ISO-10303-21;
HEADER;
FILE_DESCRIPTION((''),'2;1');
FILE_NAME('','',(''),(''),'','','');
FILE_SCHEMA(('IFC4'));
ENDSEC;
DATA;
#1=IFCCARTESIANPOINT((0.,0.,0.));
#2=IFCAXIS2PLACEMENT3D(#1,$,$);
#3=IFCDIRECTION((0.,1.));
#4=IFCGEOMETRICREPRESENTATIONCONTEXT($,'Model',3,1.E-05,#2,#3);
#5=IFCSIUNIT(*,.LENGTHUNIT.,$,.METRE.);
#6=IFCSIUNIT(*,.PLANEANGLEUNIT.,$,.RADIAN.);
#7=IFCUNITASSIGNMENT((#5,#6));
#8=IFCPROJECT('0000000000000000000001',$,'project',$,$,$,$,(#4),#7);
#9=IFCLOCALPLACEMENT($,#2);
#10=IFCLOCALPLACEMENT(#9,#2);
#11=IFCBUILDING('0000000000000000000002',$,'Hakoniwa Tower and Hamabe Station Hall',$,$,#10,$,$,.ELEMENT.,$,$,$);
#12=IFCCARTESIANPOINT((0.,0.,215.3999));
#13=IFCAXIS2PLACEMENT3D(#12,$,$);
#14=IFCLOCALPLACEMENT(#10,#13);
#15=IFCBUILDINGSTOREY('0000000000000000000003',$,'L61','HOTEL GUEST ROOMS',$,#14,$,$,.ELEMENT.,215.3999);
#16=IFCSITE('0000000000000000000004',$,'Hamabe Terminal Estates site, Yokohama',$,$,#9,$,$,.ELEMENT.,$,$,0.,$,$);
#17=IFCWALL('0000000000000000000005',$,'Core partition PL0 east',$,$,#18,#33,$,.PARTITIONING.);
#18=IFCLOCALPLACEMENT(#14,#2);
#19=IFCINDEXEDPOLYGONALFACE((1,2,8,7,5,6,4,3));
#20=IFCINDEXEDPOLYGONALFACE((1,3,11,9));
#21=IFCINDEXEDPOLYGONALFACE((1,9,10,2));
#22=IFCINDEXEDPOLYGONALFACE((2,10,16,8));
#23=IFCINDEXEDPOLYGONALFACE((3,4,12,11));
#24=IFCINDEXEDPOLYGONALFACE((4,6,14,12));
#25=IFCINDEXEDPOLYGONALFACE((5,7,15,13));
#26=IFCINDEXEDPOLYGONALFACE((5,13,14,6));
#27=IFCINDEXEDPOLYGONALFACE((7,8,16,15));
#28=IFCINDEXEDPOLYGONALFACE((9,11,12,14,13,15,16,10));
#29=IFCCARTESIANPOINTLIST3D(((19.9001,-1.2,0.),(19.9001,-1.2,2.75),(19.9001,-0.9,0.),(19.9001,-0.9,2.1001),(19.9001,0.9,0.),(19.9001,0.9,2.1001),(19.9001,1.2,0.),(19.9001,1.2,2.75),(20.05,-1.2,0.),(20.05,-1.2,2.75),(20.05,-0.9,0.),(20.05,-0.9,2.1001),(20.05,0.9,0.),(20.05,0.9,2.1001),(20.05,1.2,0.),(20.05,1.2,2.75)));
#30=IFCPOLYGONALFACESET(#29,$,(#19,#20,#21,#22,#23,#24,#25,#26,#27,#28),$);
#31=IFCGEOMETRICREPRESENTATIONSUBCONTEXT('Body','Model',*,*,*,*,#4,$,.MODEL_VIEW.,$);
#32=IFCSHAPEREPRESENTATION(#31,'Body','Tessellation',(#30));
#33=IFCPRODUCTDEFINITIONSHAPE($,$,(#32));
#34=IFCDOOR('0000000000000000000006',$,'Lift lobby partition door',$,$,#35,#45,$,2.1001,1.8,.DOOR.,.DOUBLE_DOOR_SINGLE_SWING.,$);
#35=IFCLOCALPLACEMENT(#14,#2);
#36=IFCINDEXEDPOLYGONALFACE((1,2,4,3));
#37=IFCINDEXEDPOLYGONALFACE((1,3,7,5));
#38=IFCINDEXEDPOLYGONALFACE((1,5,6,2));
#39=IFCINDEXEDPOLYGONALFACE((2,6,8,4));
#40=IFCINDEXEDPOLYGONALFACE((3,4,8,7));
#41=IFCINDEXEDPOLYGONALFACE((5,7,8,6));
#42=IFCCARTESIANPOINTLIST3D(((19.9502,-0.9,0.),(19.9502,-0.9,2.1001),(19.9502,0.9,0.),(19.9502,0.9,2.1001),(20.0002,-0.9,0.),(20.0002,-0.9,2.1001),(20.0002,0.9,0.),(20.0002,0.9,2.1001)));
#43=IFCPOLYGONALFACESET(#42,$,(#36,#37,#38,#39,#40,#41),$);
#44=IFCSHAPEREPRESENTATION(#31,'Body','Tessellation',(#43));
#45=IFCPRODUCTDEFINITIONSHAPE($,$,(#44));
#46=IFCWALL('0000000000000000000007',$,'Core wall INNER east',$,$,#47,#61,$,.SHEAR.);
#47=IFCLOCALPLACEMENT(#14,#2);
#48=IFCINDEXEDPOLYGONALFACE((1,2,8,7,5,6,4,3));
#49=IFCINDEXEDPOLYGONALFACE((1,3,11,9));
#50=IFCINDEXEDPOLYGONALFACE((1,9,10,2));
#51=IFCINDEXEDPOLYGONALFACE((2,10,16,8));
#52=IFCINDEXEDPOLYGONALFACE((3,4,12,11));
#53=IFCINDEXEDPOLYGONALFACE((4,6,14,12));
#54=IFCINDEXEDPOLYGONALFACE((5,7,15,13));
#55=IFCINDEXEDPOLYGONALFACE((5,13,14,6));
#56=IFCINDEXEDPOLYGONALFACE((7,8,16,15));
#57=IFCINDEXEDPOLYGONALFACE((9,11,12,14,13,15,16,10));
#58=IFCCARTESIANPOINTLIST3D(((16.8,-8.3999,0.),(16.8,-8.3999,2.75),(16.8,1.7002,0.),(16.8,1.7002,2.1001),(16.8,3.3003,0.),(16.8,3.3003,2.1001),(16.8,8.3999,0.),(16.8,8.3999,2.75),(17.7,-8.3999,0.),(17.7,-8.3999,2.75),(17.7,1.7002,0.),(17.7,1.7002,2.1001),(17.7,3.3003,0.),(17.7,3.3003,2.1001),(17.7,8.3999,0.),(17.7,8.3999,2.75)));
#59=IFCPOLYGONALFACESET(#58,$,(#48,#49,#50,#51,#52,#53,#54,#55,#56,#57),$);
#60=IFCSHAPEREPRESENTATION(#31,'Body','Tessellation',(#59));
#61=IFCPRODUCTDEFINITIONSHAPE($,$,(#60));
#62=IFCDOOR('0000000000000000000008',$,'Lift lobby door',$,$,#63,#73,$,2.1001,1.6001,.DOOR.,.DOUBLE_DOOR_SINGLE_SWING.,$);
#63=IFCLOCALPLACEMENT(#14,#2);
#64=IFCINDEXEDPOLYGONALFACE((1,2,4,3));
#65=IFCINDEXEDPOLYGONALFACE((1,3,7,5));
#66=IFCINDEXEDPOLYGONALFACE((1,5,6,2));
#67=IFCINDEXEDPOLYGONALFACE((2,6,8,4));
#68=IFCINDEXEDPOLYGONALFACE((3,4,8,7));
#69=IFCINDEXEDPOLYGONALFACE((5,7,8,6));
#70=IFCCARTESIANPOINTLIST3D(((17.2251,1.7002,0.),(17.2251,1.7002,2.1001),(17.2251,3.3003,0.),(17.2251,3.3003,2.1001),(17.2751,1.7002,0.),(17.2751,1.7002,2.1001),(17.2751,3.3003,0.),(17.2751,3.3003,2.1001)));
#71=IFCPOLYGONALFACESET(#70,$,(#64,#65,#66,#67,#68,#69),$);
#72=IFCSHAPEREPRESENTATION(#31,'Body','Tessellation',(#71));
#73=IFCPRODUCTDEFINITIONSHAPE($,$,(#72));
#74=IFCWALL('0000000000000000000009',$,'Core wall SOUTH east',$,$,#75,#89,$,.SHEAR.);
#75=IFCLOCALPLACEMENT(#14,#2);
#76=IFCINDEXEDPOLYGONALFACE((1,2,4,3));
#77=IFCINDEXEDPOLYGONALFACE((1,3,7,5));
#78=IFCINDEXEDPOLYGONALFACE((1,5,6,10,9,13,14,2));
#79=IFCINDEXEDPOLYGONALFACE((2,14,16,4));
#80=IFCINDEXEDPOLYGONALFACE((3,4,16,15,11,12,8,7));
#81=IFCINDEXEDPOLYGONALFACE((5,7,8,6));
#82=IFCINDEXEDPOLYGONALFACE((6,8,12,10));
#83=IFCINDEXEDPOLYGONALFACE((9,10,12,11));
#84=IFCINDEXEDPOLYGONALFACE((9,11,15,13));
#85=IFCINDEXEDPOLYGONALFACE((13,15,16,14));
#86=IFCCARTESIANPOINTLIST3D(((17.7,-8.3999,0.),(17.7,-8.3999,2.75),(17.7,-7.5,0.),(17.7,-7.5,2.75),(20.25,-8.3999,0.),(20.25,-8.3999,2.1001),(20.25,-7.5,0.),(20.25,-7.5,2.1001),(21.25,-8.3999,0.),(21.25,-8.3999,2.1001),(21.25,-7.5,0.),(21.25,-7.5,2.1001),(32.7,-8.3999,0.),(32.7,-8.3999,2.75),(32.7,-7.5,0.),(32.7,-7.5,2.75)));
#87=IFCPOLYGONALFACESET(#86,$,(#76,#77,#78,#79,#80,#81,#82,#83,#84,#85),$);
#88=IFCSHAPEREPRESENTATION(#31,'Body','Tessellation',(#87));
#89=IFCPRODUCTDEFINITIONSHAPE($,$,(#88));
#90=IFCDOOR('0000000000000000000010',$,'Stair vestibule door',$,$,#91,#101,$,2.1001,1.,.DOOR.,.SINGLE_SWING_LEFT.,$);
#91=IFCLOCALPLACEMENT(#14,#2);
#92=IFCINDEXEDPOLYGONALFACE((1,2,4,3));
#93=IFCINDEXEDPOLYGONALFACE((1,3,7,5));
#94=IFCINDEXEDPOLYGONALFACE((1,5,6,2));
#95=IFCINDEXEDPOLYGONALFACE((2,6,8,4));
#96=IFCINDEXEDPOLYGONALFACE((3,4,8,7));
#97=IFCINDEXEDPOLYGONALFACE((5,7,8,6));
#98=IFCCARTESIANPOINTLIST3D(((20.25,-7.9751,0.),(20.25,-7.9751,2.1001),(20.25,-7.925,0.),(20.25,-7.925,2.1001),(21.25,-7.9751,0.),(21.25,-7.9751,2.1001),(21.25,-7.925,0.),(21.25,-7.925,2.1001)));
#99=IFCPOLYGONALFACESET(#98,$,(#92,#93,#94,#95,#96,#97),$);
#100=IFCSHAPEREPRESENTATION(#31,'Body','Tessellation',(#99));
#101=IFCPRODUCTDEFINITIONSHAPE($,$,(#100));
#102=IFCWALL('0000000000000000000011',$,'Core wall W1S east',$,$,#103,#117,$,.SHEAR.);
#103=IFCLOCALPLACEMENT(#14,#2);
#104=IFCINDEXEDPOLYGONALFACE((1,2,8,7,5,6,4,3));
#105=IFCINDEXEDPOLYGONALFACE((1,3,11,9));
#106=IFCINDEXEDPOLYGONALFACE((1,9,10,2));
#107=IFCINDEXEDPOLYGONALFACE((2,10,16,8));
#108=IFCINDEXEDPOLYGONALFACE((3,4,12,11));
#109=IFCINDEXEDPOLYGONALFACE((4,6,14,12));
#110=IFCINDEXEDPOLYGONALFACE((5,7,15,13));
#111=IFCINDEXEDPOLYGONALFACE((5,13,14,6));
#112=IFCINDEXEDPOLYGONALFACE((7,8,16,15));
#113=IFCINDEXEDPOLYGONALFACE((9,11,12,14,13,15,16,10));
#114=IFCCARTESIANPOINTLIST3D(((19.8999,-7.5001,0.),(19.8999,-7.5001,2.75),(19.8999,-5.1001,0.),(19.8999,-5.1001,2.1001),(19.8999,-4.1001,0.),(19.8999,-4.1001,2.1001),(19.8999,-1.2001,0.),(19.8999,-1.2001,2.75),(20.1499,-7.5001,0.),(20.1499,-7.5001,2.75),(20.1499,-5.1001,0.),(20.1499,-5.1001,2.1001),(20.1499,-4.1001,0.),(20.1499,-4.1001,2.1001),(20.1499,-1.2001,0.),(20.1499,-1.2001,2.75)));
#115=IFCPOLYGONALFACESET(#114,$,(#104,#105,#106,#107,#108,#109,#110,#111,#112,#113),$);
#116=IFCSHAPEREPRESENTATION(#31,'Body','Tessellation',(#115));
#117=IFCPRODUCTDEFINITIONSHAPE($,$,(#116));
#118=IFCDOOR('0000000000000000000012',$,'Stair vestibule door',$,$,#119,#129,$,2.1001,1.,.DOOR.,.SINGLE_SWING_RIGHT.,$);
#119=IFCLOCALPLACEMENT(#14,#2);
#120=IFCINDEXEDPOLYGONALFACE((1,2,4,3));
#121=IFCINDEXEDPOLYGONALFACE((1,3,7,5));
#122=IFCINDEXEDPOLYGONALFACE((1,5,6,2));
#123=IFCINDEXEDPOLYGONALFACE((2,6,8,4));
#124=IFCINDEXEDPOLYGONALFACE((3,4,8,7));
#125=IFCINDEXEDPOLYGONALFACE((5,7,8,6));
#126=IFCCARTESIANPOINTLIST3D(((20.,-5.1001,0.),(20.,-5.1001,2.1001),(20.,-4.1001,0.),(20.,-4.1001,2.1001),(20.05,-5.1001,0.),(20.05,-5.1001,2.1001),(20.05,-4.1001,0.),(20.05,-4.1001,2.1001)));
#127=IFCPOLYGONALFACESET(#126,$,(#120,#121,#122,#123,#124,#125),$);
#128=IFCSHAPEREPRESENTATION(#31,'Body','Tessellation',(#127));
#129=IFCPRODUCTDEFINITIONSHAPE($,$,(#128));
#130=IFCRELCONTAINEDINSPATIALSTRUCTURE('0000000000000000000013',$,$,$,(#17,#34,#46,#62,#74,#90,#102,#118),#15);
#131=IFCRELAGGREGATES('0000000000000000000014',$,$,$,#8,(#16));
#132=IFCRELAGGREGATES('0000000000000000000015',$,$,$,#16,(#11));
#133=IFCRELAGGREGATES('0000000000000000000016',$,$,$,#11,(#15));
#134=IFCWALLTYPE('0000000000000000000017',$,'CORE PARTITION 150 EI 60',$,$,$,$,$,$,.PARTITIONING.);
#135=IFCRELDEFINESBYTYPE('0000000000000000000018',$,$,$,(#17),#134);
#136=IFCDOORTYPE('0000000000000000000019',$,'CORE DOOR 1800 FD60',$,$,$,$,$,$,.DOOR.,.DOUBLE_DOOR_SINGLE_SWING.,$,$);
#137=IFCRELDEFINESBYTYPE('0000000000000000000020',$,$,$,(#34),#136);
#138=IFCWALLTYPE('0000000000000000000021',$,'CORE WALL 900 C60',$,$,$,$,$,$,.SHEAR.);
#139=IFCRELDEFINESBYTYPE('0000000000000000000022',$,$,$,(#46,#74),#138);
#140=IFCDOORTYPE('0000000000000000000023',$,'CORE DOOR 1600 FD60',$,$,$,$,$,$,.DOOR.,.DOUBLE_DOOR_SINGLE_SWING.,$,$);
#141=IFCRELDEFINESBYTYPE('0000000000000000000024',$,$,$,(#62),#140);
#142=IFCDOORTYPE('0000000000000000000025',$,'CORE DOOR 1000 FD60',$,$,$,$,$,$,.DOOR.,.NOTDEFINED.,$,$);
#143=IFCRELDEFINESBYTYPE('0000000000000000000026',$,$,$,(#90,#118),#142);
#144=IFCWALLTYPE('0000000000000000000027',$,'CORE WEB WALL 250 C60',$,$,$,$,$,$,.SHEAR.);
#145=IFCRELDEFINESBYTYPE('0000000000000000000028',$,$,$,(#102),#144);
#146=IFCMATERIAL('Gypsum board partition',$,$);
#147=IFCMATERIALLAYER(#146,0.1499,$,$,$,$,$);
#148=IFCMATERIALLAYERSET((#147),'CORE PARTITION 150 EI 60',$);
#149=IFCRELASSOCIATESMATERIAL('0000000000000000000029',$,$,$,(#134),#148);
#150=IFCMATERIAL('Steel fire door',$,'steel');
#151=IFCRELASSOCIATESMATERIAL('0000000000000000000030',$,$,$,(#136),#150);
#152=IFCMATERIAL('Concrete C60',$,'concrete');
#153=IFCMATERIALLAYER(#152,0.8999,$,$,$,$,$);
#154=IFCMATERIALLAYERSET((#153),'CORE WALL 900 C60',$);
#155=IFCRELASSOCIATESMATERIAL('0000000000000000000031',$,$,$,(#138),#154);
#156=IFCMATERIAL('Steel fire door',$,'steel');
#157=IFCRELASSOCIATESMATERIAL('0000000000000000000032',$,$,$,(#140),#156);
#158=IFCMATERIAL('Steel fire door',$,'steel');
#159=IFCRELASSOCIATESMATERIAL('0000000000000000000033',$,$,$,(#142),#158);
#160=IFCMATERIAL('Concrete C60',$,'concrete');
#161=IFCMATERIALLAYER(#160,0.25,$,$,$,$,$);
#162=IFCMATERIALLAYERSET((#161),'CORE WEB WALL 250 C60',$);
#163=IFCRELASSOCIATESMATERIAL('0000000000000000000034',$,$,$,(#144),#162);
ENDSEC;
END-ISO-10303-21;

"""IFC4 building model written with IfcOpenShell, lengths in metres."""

from ifc_helpers import new_model, si_unit, direction, frame, frame_2d, origin, place, context, subcontext, project, spatial, rectangle, extrude, material, layer, layer_set, type_object, element, fill, save


model = new_model("IFC4")

# Units and contexts
model_context = context("Model", 3, precision=1e-05, world=origin(), true_north=direction((0.0, 1.0)))
body_context = subcontext(model_context, "Body", "Model", "MODEL_VIEW")
ifc_project = project(units=[si_unit("LENGTHUNIT", "METRE"), si_unit("PLANEANGLEUNIT", "RADIAN")], contexts=[model_context])

# Site, building, storey
site_placement = place(None, origin())
site = spatial("IfcSite", under=ifc_project, at=site_placement, Name="Hamabe Terminal Estates site, Yokohama", CompositionType="ELEMENT", RefElevation=0.0)
building_placement = place(site_placement, origin())
building = spatial("IfcBuilding", under=site, at=building_placement, Name="Hakoniwa Tower and Hamabe Station Hall", CompositionType="ELEMENT")
storey_placement = place(building_placement, frame((0.0, 0.0, 215.3999)))
storey = spatial("IfcBuildingStorey", under=building, at=storey_placement, Name="L61", Description="HOTEL GUEST ROOMS", CompositionType="ELEMENT", Elevation=215.3999)

# Walls, openings, doors
ifc_material_1 = material(Name="Gypsum board partition")
ifc_layer_1 = layer(ifc_material_1, 0.1499)
ifc_layer_set_1 = layer_set([ifc_layer_1], Name="CORE PARTITION 150 EI 60")
wall_type_1 = type_object("IfcWallType", Name="CORE PARTITION 150 EI 60", PredefinedType="PARTITIONING", material=ifc_layer_set_1)
wall_1_placement = place(storey_placement, frame((19.9751, -1.2, 0.0), z_axis=(0.0, 0.0, 1.0), x_axis=(0.0, 1.0, 0.0)))
wall_1 = element("IfcWall", 1, at=wall_1_placement, inside=storey, type_object=wall_type_1, Name="Core partition PL0 east", PredefinedType="PARTITIONING", context=body_context, shape_type="SweptSolid", body=[
    extrude(rectangle(XDim=2.3999, YDim=0.1499, at=frame_2d((1.2, 0.0))), origin(), (0.0, 0.0, 1.0), 2.75),
])
opening_1_placement = place(wall_1_placement, frame((0.3, 0.0, 0.0)))
opening_1 = element("IfcOpeningElement", 2, at=opening_1_placement, cuts=wall_1, PredefinedType="OPENING", context=body_context, shape_type="SweptSolid", body=[
    extrude(rectangle(XDim=1.8, YDim=2.1001, at=frame_2d((0.8999, 1.05))), frame((0.0, 0.085, 0.0), z_axis=(0.0, -1.0, 0.0), x_axis=(1.0, 0.0, 0.0)), (0.0, 0.0, 1.0), 0.1699),
])
ifc_material_2 = material(Name="Steel fire door", Category="steel")
door_type_1 = type_object("IfcDoorType", Name="CORE DOOR 1800 FD60", OperationType="DOUBLE_DOOR_SINGLE_SWING", PredefinedType="DOOR", material=ifc_material_2)
door_1_placement = place(opening_1_placement, origin())
door_1 = element("IfcDoor", 3, at=door_1_placement, inside=storey, type_object=door_type_1, Name="Lift lobby partition door", OperationType="DOUBLE_DOOR_SINGLE_SWING", OverallHeight=2.1001, OverallWidth=1.8, PredefinedType="DOOR", context=body_context, shape_type="SweptSolid", body=[
    extrude(rectangle(XDim=1.8, YDim=2.1001, at=frame_2d((0.8999, 1.05))), frame((0.0, 0.0249, 0.0), z_axis=(0.0, -1.0, 0.0), x_axis=(1.0, 0.0, 0.0)), (0.0, 0.0, 1.0), 0.05),
])
fill(opening_1, door_1)
ifc_material_3 = material(Name="Concrete C60", Category="concrete")
ifc_layer_2 = layer(ifc_material_3, 0.8999)
ifc_layer_set_2 = layer_set([ifc_layer_2], Name="CORE WALL 900 C60")
wall_type_2 = type_object("IfcWallType", Name="CORE WALL 900 C60", PredefinedType="SHEAR", material=ifc_layer_set_2)
wall_2_placement = place(storey_placement, frame((17.25, -8.3999, 0.0), z_axis=(0.0, 0.0, 1.0), x_axis=(0.0, 1.0, 0.0)))
wall_2 = element("IfcWall", 4, at=wall_2_placement, inside=storey, type_object=wall_type_2, Name="Core wall INNER east", PredefinedType="SHEAR", context=body_context, shape_type="SweptSolid", body=[
    extrude(rectangle(XDim=16.7998, YDim=0.8999, at=frame_2d((8.3999, 0.0))), origin(), (0.0, 0.0, 1.0), 2.75),
])
opening_2_placement = place(wall_2_placement, frame((10.1001, 0.0, 0.0)))
opening_2 = element("IfcOpeningElement", 5, at=opening_2_placement, cuts=wall_2, PredefinedType="OPENING", context=body_context, shape_type="SweptSolid", body=[
    extrude(rectangle(XDim=1.6001, YDim=2.1001, at=frame_2d((0.8, 1.05))), frame((0.0, 0.46, 0.0), z_axis=(0.0, -1.0, 0.0), x_axis=(1.0, 0.0, 0.0)), (0.0, 0.0, 1.0), 0.9199),
])
ifc_material_4 = material(Name="Steel fire door", Category="steel")
door_type_2 = type_object("IfcDoorType", Name="CORE DOOR 1600 FD60", OperationType="DOUBLE_DOOR_SINGLE_SWING", PredefinedType="DOOR", material=ifc_material_4)
door_2_placement = place(opening_2_placement, origin())
door_2 = element("IfcDoor", 6, at=door_2_placement, inside=storey, type_object=door_type_2, Name="Lift lobby door", OperationType="DOUBLE_DOOR_SINGLE_SWING", OverallHeight=2.1001, OverallWidth=1.6001, PredefinedType="DOOR", context=body_context, shape_type="SweptSolid", body=[
    extrude(rectangle(XDim=1.6001, YDim=2.1001, at=frame_2d((0.8, 1.05))), frame((0.0, 0.0249, 0.0), z_axis=(0.0, -1.0, 0.0), x_axis=(1.0, 0.0, 0.0)), (0.0, 0.0, 1.0), 0.05),
])
fill(opening_2, door_2)
wall_3_placement = place(storey_placement, frame((17.7, -7.95, 0.0), z_axis=(0.0, 0.0, 1.0), x_axis=(1.0, 0.0, 0.0)))
wall_3 = element("IfcWall", 7, at=wall_3_placement, inside=storey, type_object=wall_type_2, Name="Core wall SOUTH east", PredefinedType="SHEAR", context=body_context, shape_type="SweptSolid", body=[
    extrude(rectangle(XDim=15.0, YDim=0.8999, at=frame_2d((7.5, 0.0))), origin(), (0.0, 0.0, 1.0), 2.75),
])
opening_3_placement = place(wall_3_placement, frame((2.55, 0.0, 0.0)))
opening_3 = element("IfcOpeningElement", 8, at=opening_3_placement, cuts=wall_3, PredefinedType="OPENING", context=body_context, shape_type="SweptSolid", body=[
    extrude(rectangle(XDim=1.0, YDim=2.1001, at=frame_2d((0.5, 1.05))), frame((0.0, 0.46, 0.0), z_axis=(0.0, -1.0, 0.0), x_axis=(1.0, 0.0, 0.0)), (0.0, 0.0, 1.0), 0.9199),
])
ifc_material_5 = material(Name="Steel fire door", Category="steel")
door_type_3 = type_object("IfcDoorType", Name="CORE DOOR 1000 FD60", OperationType="NOTDEFINED", PredefinedType="DOOR", material=ifc_material_5)
door_3_placement = place(opening_3_placement, origin())
door_3 = element("IfcDoor", 9, at=door_3_placement, inside=storey, type_object=door_type_3, Name="Stair vestibule door", OperationType="SINGLE_SWING_LEFT", OverallHeight=2.1001, OverallWidth=1.0, PredefinedType="DOOR", context=body_context, shape_type="SweptSolid", body=[
    extrude(rectangle(XDim=1.0, YDim=2.1001, at=frame_2d((0.5, 1.05))), frame((0.0, 0.0249, 0.0), z_axis=(0.0, -1.0, 0.0), x_axis=(1.0, 0.0, 0.0)), (0.0, 0.0, 1.0), 0.05),
])
fill(opening_3, door_3)
ifc_material_6 = material(Name="Concrete C60", Category="concrete")
ifc_layer_3 = layer(ifc_material_6, 0.25)
ifc_layer_set_3 = layer_set([ifc_layer_3], Name="CORE WEB WALL 250 C60")
wall_type_3 = type_object("IfcWallType", Name="CORE WEB WALL 250 C60", PredefinedType="SHEAR", material=ifc_layer_set_3)
wall_4_placement = place(storey_placement, frame((20.0249, -7.5, 0.0), z_axis=(0.0, 0.0, 1.0), x_axis=(0.0, 1.0, 0.0)))
wall_4 = element("IfcWall", 10, at=wall_4_placement, inside=storey, type_object=wall_type_3, Name="Core wall W1S east", PredefinedType="SHEAR", context=body_context, shape_type="SweptSolid", body=[
    extrude(rectangle(XDim=6.3, YDim=0.25, at=frame_2d((3.1499, 0.0))), origin(), (0.0, 0.0, 1.0), 2.75),
])
opening_4_placement = place(wall_4_placement, frame((2.3999, 0.0, 0.0)))
opening_4 = element("IfcOpeningElement", 11, at=opening_4_placement, cuts=wall_4, PredefinedType="OPENING", context=body_context, shape_type="SweptSolid", body=[
    extrude(rectangle(XDim=1.0, YDim=2.1001, at=frame_2d((0.5, 1.05))), frame((0.0, 0.135, 0.0), z_axis=(0.0, -1.0, 0.0), x_axis=(1.0, 0.0, 0.0)), (0.0, 0.0, 1.0), 0.27),
])
door_4_placement = place(opening_4_placement, origin())
door_4 = element("IfcDoor", 12, at=door_4_placement, inside=storey, type_object=door_type_3, Name="Stair vestibule door", OperationType="SINGLE_SWING_RIGHT", OverallHeight=2.1001, OverallWidth=1.0, PredefinedType="DOOR", context=body_context, shape_type="SweptSolid", body=[
    extrude(rectangle(XDim=1.0, YDim=2.1001, at=frame_2d((0.5, 1.05))), frame((0.0, 0.0249, 0.0), z_axis=(0.0, -1.0, 0.0), x_axis=(1.0, 0.0, 0.0)), (0.0, 0.0, 1.0), 0.05),
])
fill(opening_4, door_4)

save(model, "model.ifc")
